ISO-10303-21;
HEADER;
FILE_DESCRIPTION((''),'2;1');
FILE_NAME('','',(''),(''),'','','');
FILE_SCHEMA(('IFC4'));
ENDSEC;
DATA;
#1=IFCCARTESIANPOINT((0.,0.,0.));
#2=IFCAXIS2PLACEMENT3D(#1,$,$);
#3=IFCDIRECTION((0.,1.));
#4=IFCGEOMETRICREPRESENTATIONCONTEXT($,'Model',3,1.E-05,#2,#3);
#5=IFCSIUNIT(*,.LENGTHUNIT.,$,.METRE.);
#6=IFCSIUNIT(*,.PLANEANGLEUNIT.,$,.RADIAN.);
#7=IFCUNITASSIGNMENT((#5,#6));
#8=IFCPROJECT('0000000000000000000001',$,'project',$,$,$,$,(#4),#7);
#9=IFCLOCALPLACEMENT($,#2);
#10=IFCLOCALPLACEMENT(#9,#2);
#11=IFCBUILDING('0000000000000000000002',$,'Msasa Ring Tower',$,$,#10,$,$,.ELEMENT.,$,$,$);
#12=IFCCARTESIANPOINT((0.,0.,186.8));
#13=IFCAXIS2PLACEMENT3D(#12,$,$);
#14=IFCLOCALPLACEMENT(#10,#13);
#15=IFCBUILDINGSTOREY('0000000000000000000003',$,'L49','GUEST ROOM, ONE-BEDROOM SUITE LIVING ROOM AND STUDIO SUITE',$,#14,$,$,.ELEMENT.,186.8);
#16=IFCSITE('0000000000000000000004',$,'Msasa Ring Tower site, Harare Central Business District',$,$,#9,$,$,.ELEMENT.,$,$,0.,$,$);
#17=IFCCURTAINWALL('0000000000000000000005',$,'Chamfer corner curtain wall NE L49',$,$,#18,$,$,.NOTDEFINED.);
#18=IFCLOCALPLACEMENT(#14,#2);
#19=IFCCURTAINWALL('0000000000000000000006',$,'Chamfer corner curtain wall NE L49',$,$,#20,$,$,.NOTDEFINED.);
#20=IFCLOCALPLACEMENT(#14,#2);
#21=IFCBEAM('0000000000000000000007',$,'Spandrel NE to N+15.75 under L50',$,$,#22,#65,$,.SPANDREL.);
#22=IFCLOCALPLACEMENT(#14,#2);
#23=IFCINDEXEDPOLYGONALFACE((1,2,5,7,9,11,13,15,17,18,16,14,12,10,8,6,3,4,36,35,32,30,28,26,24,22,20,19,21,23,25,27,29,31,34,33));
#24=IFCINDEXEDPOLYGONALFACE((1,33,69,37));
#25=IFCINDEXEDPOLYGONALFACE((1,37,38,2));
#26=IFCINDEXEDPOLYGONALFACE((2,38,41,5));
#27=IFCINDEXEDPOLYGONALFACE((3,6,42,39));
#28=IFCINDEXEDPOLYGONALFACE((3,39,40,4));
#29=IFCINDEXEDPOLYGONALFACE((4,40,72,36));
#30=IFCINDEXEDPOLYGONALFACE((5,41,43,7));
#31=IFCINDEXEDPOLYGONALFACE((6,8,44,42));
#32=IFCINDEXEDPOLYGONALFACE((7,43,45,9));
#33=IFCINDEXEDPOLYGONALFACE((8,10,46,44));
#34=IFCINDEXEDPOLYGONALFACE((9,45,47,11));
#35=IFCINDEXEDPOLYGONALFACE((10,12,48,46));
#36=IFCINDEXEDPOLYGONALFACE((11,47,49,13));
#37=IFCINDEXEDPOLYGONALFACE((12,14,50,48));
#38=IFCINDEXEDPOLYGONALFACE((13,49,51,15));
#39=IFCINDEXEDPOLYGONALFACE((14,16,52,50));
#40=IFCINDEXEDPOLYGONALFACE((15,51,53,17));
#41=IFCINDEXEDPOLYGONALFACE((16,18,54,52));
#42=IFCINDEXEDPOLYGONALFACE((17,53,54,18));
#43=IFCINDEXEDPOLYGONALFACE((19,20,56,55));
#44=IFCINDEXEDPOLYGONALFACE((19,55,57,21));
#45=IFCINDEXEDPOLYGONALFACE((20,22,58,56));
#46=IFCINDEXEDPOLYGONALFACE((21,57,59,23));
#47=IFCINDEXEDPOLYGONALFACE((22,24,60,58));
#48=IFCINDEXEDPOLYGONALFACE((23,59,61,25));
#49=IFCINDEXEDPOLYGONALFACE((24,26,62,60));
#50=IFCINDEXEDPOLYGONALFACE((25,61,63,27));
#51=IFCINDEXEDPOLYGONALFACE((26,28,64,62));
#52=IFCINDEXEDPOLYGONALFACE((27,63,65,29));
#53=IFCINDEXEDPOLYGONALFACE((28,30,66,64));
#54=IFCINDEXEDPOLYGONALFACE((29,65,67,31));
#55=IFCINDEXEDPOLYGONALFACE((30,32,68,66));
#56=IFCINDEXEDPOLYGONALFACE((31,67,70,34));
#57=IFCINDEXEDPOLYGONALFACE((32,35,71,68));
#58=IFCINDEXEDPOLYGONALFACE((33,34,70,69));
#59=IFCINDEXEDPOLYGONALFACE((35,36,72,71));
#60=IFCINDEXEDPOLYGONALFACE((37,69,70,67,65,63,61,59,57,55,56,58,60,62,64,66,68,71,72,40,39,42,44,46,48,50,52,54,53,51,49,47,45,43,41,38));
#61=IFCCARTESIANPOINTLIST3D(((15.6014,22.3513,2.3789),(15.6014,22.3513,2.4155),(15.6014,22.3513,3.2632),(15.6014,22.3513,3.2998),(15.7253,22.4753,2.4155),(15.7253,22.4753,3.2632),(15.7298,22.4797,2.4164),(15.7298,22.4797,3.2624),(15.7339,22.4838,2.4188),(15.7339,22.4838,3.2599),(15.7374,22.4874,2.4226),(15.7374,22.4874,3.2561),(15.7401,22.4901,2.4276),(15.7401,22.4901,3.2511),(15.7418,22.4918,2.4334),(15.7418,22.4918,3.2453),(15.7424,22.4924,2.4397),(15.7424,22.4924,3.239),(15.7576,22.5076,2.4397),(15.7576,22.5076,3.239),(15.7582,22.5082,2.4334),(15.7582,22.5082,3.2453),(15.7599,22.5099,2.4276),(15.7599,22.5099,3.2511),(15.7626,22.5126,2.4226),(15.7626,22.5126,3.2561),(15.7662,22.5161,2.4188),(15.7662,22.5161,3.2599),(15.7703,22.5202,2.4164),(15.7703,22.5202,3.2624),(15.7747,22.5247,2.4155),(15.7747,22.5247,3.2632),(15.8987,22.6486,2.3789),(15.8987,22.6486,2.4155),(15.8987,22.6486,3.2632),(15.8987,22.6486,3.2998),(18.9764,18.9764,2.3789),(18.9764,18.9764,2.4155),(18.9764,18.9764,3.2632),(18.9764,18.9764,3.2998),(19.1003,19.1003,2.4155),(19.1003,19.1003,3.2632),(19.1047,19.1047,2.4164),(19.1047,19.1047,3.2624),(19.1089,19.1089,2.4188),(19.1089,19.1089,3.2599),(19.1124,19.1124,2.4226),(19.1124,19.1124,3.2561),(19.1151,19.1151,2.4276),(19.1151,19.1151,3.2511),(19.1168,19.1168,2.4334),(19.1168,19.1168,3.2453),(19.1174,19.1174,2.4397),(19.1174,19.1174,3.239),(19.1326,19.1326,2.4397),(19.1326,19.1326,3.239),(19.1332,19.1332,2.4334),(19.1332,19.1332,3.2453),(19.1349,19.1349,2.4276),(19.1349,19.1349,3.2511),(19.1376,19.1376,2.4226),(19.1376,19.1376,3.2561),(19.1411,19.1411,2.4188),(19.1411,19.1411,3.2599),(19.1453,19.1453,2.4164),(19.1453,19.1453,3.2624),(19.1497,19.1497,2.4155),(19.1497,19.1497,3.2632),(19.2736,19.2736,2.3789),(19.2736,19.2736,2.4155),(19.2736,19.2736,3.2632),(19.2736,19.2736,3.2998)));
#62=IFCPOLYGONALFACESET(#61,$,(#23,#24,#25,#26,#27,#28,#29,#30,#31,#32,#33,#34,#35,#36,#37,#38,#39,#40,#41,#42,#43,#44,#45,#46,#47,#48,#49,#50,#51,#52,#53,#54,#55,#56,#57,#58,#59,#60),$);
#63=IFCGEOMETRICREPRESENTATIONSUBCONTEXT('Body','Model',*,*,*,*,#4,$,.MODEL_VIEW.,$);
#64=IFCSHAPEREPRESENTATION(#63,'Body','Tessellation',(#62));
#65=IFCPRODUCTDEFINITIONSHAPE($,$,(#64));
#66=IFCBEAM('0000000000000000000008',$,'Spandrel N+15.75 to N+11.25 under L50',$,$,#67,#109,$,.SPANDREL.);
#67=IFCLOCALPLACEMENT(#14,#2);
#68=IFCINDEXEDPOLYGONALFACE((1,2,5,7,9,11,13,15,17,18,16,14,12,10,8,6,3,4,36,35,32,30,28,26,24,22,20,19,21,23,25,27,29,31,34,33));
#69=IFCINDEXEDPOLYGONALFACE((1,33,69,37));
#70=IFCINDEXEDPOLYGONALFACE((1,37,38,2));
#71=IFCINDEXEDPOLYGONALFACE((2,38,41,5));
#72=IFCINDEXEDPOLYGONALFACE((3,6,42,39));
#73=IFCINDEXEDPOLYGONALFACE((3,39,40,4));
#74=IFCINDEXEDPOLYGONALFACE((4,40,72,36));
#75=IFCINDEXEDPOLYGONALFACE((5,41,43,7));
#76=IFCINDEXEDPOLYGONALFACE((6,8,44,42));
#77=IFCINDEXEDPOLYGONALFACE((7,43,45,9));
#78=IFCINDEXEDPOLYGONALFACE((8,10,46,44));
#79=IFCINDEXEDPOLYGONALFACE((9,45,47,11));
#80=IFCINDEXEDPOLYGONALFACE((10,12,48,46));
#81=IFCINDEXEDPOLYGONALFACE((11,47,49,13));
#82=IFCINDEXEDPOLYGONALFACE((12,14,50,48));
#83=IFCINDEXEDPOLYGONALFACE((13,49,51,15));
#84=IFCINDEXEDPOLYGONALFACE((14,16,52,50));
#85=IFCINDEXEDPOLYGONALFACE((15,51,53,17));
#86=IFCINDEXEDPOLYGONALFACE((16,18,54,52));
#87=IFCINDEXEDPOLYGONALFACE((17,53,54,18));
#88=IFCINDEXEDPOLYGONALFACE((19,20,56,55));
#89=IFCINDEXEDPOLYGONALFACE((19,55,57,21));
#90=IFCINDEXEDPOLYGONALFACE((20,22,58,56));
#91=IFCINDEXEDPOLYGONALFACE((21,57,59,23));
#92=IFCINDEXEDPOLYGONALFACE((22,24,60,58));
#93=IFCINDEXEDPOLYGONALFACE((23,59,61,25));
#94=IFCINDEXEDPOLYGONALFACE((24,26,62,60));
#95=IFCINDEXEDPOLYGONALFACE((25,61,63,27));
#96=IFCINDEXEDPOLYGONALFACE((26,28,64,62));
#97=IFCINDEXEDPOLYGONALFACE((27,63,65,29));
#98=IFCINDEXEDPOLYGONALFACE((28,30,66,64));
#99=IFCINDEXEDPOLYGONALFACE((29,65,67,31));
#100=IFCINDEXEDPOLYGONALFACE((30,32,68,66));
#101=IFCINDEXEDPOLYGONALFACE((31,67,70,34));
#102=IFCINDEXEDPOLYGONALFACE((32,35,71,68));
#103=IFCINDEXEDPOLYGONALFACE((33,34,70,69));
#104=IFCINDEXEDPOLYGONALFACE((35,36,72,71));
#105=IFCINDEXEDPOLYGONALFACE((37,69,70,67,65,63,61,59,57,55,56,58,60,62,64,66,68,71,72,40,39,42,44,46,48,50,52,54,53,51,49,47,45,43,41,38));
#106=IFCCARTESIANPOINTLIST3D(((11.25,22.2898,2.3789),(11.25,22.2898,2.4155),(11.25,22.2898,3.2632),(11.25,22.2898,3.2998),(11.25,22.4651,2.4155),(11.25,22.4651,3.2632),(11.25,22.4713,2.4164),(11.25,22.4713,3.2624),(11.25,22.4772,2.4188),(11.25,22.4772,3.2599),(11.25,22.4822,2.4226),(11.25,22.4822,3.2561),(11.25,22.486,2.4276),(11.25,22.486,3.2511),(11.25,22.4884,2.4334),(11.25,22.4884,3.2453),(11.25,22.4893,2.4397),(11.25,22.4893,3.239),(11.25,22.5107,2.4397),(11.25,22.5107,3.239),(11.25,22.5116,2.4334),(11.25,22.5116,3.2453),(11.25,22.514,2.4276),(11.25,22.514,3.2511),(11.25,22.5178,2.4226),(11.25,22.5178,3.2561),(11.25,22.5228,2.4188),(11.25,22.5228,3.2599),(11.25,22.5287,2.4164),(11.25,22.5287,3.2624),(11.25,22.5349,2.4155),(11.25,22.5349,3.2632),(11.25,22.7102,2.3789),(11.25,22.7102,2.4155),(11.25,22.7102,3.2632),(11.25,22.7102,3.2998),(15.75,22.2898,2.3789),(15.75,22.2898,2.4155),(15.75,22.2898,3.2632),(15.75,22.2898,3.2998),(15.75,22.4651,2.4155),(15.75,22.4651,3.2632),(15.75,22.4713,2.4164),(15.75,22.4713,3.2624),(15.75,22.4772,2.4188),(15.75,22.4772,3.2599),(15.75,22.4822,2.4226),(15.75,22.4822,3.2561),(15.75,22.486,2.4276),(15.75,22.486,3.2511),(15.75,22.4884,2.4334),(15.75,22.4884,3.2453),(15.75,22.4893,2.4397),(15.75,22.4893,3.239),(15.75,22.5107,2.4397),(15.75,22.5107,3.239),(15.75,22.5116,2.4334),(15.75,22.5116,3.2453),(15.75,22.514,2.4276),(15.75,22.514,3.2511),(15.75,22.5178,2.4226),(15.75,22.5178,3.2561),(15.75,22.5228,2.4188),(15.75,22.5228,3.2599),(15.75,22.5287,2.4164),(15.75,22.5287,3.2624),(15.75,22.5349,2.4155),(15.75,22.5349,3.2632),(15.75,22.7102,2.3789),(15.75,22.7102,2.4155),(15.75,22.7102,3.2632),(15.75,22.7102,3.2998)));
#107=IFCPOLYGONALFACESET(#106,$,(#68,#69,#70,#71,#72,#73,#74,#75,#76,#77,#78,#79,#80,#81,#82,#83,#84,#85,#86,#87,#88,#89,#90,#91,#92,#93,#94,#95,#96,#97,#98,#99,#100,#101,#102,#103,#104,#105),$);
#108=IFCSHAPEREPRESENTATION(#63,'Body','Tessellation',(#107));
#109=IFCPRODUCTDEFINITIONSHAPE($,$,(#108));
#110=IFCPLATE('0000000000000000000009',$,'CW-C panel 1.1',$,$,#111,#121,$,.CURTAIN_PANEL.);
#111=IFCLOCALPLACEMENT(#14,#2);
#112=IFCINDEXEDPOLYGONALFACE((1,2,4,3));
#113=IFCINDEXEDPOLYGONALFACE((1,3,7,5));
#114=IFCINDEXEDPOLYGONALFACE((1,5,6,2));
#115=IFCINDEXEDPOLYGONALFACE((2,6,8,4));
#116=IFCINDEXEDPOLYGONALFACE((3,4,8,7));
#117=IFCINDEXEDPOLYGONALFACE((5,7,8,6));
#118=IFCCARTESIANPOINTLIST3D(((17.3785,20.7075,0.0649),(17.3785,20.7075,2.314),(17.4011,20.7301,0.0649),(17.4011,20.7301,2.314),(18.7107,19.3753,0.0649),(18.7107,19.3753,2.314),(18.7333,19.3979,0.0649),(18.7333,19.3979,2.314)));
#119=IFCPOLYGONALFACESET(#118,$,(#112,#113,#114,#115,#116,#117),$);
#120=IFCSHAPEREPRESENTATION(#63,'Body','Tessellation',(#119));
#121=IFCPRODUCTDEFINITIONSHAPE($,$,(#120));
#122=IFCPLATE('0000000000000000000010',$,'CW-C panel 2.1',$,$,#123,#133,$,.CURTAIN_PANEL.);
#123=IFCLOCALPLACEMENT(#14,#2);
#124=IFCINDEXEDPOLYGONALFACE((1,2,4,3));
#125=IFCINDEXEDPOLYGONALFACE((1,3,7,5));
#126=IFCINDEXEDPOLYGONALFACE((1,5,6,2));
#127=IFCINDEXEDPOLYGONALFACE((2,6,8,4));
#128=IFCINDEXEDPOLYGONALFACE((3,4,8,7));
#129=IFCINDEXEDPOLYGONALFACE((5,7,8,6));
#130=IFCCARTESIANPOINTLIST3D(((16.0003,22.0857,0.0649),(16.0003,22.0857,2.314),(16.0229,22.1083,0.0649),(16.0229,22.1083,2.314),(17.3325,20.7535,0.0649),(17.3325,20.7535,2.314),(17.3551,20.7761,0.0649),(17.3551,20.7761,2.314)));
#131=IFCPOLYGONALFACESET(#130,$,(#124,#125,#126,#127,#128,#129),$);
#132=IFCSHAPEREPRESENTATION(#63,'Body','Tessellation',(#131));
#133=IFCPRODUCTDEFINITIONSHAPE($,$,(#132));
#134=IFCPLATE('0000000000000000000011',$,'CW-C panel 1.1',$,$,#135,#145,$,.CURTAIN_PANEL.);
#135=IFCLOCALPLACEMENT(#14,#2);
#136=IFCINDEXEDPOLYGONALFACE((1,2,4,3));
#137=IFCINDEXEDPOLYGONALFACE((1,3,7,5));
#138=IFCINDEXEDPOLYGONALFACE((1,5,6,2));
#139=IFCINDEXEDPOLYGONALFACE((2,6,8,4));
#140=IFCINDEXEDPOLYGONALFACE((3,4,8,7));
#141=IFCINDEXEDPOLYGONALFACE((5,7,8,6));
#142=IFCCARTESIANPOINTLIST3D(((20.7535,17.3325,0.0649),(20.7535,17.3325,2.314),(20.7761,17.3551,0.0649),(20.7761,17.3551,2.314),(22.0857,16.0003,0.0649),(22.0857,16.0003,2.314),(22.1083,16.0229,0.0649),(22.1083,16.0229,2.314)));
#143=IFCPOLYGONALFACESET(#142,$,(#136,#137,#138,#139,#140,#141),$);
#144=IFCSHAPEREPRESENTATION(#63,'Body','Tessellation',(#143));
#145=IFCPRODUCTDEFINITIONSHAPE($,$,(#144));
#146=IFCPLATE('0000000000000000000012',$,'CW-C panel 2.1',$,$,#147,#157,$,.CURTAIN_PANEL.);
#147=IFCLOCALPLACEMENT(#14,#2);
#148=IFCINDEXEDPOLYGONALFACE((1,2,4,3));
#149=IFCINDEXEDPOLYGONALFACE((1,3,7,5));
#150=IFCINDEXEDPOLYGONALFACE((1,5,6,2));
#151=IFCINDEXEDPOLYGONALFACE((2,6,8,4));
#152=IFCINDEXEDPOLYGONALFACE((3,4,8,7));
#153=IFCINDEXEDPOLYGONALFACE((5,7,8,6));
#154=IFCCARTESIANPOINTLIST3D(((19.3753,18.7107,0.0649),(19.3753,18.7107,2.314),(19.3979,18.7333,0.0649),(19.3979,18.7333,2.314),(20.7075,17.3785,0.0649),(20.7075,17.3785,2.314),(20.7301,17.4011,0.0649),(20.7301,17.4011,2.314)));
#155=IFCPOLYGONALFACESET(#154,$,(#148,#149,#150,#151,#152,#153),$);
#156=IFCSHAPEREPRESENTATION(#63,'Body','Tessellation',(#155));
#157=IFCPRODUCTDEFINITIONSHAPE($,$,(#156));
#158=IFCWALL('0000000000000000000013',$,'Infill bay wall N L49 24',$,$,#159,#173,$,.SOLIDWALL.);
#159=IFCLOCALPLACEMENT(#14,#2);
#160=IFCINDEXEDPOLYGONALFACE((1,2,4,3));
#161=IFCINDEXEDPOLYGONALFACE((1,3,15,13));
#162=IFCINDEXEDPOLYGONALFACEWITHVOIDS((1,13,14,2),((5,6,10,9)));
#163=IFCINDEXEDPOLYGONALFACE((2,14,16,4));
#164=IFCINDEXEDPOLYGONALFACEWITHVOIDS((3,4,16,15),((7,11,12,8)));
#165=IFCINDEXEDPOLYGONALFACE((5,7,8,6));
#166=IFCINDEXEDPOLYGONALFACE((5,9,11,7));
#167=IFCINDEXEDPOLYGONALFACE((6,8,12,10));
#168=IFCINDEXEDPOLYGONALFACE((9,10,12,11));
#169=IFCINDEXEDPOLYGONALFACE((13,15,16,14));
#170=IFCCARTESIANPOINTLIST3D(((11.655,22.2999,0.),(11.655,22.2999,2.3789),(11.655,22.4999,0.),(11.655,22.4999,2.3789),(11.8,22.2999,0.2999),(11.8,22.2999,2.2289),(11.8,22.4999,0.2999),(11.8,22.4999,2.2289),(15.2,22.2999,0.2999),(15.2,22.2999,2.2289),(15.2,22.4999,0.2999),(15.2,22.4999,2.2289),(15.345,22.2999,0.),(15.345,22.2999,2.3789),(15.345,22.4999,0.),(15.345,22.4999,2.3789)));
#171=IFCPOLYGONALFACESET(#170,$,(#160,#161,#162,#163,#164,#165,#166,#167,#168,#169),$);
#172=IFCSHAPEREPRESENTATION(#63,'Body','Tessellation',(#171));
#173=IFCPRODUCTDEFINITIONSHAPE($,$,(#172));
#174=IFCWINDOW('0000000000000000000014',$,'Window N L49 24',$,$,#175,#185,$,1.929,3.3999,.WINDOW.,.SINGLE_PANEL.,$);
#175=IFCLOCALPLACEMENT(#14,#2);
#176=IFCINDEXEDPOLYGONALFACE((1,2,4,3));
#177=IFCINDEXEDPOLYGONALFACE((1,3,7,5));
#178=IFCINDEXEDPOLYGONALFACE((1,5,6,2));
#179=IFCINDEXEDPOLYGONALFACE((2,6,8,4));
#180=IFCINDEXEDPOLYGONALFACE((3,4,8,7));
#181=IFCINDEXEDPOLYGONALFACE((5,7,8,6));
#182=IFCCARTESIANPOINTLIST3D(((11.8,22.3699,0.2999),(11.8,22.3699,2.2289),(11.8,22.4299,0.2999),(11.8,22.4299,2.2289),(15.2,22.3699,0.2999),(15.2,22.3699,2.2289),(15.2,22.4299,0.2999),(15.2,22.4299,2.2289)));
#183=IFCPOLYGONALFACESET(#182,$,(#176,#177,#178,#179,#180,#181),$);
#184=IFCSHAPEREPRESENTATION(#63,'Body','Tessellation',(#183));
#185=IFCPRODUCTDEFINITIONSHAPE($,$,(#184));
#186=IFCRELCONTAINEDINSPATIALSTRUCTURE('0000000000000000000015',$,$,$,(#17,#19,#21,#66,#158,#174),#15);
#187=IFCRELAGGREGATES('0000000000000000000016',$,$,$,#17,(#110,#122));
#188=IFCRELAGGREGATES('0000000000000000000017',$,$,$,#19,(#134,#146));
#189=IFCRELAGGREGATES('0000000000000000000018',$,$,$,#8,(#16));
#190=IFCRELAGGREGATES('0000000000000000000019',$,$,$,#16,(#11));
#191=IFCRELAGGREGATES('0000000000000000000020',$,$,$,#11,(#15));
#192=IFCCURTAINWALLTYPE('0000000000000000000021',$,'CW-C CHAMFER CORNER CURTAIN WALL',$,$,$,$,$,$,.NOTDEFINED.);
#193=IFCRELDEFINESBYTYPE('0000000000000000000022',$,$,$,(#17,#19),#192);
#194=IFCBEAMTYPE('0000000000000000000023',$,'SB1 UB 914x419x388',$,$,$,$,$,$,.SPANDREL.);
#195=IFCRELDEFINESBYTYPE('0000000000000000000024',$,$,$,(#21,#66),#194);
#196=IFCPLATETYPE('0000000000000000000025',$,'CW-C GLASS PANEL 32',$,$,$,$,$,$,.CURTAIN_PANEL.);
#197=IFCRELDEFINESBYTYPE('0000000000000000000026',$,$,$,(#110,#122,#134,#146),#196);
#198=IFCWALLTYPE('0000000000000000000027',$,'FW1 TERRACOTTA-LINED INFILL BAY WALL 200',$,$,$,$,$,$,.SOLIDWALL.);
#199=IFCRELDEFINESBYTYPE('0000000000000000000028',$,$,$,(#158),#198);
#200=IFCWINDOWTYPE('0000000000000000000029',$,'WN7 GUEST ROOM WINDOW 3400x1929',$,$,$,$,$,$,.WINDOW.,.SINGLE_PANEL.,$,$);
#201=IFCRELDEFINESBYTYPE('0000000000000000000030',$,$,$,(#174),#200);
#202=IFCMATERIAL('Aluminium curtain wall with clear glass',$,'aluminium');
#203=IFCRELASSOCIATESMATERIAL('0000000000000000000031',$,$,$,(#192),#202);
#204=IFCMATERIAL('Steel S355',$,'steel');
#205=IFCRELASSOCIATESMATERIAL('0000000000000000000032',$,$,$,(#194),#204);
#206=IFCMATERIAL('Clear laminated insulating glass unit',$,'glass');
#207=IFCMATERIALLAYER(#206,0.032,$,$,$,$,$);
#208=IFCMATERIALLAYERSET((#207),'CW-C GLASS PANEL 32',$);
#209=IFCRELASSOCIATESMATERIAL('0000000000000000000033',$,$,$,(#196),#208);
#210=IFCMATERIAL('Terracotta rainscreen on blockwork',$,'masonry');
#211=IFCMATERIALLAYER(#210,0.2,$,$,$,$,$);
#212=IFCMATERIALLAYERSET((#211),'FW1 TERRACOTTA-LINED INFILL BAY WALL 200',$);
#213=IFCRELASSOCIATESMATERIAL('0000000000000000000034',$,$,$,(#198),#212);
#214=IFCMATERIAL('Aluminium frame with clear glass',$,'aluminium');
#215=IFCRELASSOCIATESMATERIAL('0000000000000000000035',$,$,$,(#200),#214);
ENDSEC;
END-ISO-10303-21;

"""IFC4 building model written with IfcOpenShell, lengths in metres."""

from ifc_helpers import new_model, si_unit, direction, frame, frame_2d, origin, origin_2d, place, context, subcontext, project, spatial, rectangle, i_section, extrude, material, layer, layer_set, material_profile, profile_set, type_object, element, fill, aggregate, save


model = new_model("IFC4")

# Units and contexts
model_context = context("Model", 3, precision=1e-05, world=origin(), true_north=direction((0.0, 1.0)))
body_context = subcontext(model_context, "Body", "Model", "MODEL_VIEW")
ifc_project = project(units=[si_unit("LENGTHUNIT", "METRE"), si_unit("PLANEANGLEUNIT", "RADIAN")], contexts=[model_context])

# Site, building, storey
site_placement = place(None, origin())
site = spatial("IfcSite", under=ifc_project, at=site_placement, Name="Msasa Ring Tower site, Harare Central Business District", CompositionType="ELEMENT", RefElevation=0.0)
building_placement = place(site_placement, origin())
building = spatial("IfcBuilding", under=site, at=building_placement, Name="Msasa Ring Tower", CompositionType="ELEMENT")
storey_placement = place(building_placement, frame((0.0, 0.0, 186.8)))
storey = spatial("IfcBuildingStorey", under=building, at=storey_placement, Name="L49", Description="GUEST ROOM, ONE-BEDROOM SUITE LIVING ROOM AND STUDIO SUITE", CompositionType="ELEMENT", Elevation=186.8)

# Curtain walls
ifc_material_1 = material(Name="Aluminium curtain wall with clear glass", Category="aluminium")
curtain_wall_type = type_object("IfcCurtainWallType", Name="CW-C CHAMFER CORNER CURTAIN WALL", PredefinedType="NOTDEFINED", material=ifc_material_1)
curtain_wall_1_placement = place(storey_placement, origin())
curtain_wall_1 = element("IfcCurtainWall", 1, at=curtain_wall_1_placement, inside=storey, type_object=curtain_wall_type, Name="Chamfer corner curtain wall NE L49", PredefinedType="NOTDEFINED")
curtain_wall_2_placement = place(storey_placement, origin())
curtain_wall_2 = element("IfcCurtainWall", 2, at=curtain_wall_2_placement, inside=storey, type_object=curtain_wall_type, Name="Chamfer corner curtain wall NE L49", PredefinedType="NOTDEFINED")

# Beams
ifc_material_2 = material(Name="Steel S355", Category="steel")
ifc_material_profile_1 = material_profile(ifc_material_2, i_section(OverallWidth=0.4204, OverallDepth=0.9209, WebThickness=0.0215, FlangeThickness=0.0366, FilletRadius=0.0242, at=origin_2d()), Name="UB 914x419x388")
ifc_profile_set_1 = profile_set([ifc_material_profile_1], Name="Steel S355")
beam_type_1 = type_object("IfcBeamType", Name="SB1 UB 914x419x388", PredefinedType="SPANDREL", material=ifc_profile_set_1)
for number, where, z_axis, x_axis, name in (
    (3, (19.125, 19.125, 2.8394), (-0.707107, 0.707107, 0.0), (-0.707107, -0.707107, 0.0), "Spandrel NE to N+15.75 under L50"),
):
    element("IfcBeam", number, at=place(storey_placement, frame(where, z_axis=z_axis, x_axis=x_axis)), inside=storey, type_object=beam_type_1, Name=name, PredefinedType="SPANDREL", context=body_context, shape_type="SweptSolid", body=[
        extrude(i_section(OverallWidth=0.4204, OverallDepth=0.9209, WebThickness=0.0215, FlangeThickness=0.0366, FilletRadius=0.0242, at=origin_2d()), origin(), (0.0, 0.0, 1.0), 4.7729),
    ])
beam_placement = place(storey_placement, frame((15.75, 22.5, 2.8394), z_axis=(-1.0, 0.0, 0.0), x_axis=(0.0, -1.0, 0.0)))
element("IfcBeam", 4, at=beam_placement, inside=storey, type_object=beam_type_1, Name="Spandrel N+15.75 to N+11.25 under L50", PredefinedType="SPANDREL", context=body_context, shape_type="SweptSolid", body=[
    extrude(i_section(OverallWidth=0.4204, OverallDepth=0.9209, WebThickness=0.0215, FlangeThickness=0.0366, FilletRadius=0.0242, at=origin_2d()), origin(), (0.0, 0.0, 1.0), 4.5),
])

# Plates
ifc_material_3 = material(Name="Clear laminated insulating glass unit", Category="glass")
ifc_layer_1 = layer(ifc_material_3, 0.032)
ifc_layer_set_1 = layer_set([ifc_layer_1], Name="CW-C GLASS PANEL 32")
plate_type = type_object("IfcPlateType", Name="CW-C GLASS PANEL 32", PredefinedType="CURTAIN_PANEL", material=ifc_layer_set_1)
plate_1_placement = place(storey_placement, frame((18.0559, 20.0527, 0.0649), z_axis=(0.0, 0.0, 1.0), x_axis=(-0.707107, 0.707107, 0.0)))
plate_1 = element("IfcPlate", 5, at=plate_1_placement, type_object=plate_type, Name="CW-C panel 1.1", PredefinedType="CURTAIN_PANEL", context=body_context, shape_type="SweptSolid", body=[
    extrude(rectangle(XDim=1.884, YDim=0.032, at=origin_2d()), origin(), (0.0, 0.0, 1.0), 2.249),
])
plate_2_placement = place(storey_placement, frame((16.6777, 21.4309, 0.0649), z_axis=(0.0, 0.0, 1.0), x_axis=(-0.707107, 0.707107, 0.0)))
plate_2 = element("IfcPlate", 6, at=plate_2_placement, type_object=plate_type, Name="CW-C panel 2.1", PredefinedType="CURTAIN_PANEL", context=body_context, shape_type="SweptSolid", body=[
    extrude(rectangle(XDim=1.884, YDim=0.032, at=origin_2d()), origin(), (0.0, 0.0, 1.0), 2.249),
])
aggregate(curtain_wall_1, [plate_1, plate_2])
plate_3_placement = place(storey_placement, frame((21.4309, 16.6777, 0.0649), z_axis=(0.0, 0.0, 1.0), x_axis=(-0.707107, 0.707107, 0.0)))
plate_3 = element("IfcPlate", 7, at=plate_3_placement, type_object=plate_type, Name="CW-C panel 1.1", PredefinedType="CURTAIN_PANEL", context=body_context, shape_type="SweptSolid", body=[
    extrude(rectangle(XDim=1.884, YDim=0.032, at=origin_2d()), origin(), (0.0, 0.0, 1.0), 2.249),
])
plate_4_placement = place(storey_placement, frame((20.0527, 18.0559, 0.0649), z_axis=(0.0, 0.0, 1.0), x_axis=(-0.707107, 0.707107, 0.0)))
plate_4 = element("IfcPlate", 8, at=plate_4_placement, type_object=plate_type, Name="CW-C panel 2.1", PredefinedType="CURTAIN_PANEL", context=body_context, shape_type="SweptSolid", body=[
    extrude(rectangle(XDim=1.884, YDim=0.032, at=origin_2d()), origin(), (0.0, 0.0, 1.0), 2.249),
])
aggregate(curtain_wall_2, [plate_3, plate_4])

# Wall, opening, window
ifc_material_4 = material(Name="Terracotta rainscreen on blockwork", Category="masonry")
ifc_layer_2 = layer(ifc_material_4, 0.2)
ifc_layer_set_2 = layer_set([ifc_layer_2], Name="FW1 TERRACOTTA-LINED INFILL BAY WALL 200")
wall_type_1 = type_object("IfcWallType", Name="FW1 TERRACOTTA-LINED INFILL BAY WALL 200", PredefinedType="SOLIDWALL", material=ifc_layer_set_2)
wall_1_placement = place(storey_placement, frame((11.655, 22.3999, 0.0), z_axis=(0.0, 0.0, 1.0), x_axis=(1.0, 0.0, 0.0)))
wall_1 = element("IfcWall", 9, at=wall_1_placement, inside=storey, type_object=wall_type_1, Name="Infill bay wall N L49 24", PredefinedType="SOLIDWALL", context=body_context, shape_type="SweptSolid", body=[
    extrude(rectangle(XDim=3.6899, YDim=0.2, at=frame_2d((1.845, 0.0))), origin(), (0.0, 0.0, 1.0), 2.3789),
])
opening_placement = place(wall_1_placement, frame((0.145, 0.0, 0.3)))
opening = element("IfcOpeningElement", 10, at=opening_placement, cuts=wall_1, PredefinedType="OPENING", context=body_context, shape_type="SweptSolid", body=[
    extrude(rectangle(XDim=3.3999, YDim=1.929, at=frame_2d((1.7, 0.9644))), frame((0.0, 0.1099, 0.0), z_axis=(0.0, -1.0, 0.0), x_axis=(1.0, 0.0, 0.0)), (0.0, 0.0, 1.0), 0.22),
])
ifc_material_5 = material(Name="Aluminium frame with clear glass", Category="aluminium")
window_type = type_object("IfcWindowType", Name="WN7 GUEST ROOM WINDOW 3400x1929", PartitioningType="SINGLE_PANEL", PredefinedType="WINDOW", material=ifc_material_5)
window_placement = place(opening_placement, origin())
window = element("IfcWindow", 11, at=window_placement, inside=storey, type_object=window_type, Name="Window N L49 24", OverallHeight=1.929, OverallWidth=3.3999, PartitioningType="SINGLE_PANEL", PredefinedType="WINDOW", context=body_context, shape_type="SweptSolid", body=[
    extrude(rectangle(XDim=3.3999, YDim=1.929, at=frame_2d((1.7, 0.9644))), frame((0.0, 0.03, 0.0), z_axis=(0.0, -1.0, 0.0), x_axis=(1.0, 0.0, 0.0)), (0.0, 0.0, 1.0), 0.0601),
])
fill(opening, window)

save(model, "model.ifc")
